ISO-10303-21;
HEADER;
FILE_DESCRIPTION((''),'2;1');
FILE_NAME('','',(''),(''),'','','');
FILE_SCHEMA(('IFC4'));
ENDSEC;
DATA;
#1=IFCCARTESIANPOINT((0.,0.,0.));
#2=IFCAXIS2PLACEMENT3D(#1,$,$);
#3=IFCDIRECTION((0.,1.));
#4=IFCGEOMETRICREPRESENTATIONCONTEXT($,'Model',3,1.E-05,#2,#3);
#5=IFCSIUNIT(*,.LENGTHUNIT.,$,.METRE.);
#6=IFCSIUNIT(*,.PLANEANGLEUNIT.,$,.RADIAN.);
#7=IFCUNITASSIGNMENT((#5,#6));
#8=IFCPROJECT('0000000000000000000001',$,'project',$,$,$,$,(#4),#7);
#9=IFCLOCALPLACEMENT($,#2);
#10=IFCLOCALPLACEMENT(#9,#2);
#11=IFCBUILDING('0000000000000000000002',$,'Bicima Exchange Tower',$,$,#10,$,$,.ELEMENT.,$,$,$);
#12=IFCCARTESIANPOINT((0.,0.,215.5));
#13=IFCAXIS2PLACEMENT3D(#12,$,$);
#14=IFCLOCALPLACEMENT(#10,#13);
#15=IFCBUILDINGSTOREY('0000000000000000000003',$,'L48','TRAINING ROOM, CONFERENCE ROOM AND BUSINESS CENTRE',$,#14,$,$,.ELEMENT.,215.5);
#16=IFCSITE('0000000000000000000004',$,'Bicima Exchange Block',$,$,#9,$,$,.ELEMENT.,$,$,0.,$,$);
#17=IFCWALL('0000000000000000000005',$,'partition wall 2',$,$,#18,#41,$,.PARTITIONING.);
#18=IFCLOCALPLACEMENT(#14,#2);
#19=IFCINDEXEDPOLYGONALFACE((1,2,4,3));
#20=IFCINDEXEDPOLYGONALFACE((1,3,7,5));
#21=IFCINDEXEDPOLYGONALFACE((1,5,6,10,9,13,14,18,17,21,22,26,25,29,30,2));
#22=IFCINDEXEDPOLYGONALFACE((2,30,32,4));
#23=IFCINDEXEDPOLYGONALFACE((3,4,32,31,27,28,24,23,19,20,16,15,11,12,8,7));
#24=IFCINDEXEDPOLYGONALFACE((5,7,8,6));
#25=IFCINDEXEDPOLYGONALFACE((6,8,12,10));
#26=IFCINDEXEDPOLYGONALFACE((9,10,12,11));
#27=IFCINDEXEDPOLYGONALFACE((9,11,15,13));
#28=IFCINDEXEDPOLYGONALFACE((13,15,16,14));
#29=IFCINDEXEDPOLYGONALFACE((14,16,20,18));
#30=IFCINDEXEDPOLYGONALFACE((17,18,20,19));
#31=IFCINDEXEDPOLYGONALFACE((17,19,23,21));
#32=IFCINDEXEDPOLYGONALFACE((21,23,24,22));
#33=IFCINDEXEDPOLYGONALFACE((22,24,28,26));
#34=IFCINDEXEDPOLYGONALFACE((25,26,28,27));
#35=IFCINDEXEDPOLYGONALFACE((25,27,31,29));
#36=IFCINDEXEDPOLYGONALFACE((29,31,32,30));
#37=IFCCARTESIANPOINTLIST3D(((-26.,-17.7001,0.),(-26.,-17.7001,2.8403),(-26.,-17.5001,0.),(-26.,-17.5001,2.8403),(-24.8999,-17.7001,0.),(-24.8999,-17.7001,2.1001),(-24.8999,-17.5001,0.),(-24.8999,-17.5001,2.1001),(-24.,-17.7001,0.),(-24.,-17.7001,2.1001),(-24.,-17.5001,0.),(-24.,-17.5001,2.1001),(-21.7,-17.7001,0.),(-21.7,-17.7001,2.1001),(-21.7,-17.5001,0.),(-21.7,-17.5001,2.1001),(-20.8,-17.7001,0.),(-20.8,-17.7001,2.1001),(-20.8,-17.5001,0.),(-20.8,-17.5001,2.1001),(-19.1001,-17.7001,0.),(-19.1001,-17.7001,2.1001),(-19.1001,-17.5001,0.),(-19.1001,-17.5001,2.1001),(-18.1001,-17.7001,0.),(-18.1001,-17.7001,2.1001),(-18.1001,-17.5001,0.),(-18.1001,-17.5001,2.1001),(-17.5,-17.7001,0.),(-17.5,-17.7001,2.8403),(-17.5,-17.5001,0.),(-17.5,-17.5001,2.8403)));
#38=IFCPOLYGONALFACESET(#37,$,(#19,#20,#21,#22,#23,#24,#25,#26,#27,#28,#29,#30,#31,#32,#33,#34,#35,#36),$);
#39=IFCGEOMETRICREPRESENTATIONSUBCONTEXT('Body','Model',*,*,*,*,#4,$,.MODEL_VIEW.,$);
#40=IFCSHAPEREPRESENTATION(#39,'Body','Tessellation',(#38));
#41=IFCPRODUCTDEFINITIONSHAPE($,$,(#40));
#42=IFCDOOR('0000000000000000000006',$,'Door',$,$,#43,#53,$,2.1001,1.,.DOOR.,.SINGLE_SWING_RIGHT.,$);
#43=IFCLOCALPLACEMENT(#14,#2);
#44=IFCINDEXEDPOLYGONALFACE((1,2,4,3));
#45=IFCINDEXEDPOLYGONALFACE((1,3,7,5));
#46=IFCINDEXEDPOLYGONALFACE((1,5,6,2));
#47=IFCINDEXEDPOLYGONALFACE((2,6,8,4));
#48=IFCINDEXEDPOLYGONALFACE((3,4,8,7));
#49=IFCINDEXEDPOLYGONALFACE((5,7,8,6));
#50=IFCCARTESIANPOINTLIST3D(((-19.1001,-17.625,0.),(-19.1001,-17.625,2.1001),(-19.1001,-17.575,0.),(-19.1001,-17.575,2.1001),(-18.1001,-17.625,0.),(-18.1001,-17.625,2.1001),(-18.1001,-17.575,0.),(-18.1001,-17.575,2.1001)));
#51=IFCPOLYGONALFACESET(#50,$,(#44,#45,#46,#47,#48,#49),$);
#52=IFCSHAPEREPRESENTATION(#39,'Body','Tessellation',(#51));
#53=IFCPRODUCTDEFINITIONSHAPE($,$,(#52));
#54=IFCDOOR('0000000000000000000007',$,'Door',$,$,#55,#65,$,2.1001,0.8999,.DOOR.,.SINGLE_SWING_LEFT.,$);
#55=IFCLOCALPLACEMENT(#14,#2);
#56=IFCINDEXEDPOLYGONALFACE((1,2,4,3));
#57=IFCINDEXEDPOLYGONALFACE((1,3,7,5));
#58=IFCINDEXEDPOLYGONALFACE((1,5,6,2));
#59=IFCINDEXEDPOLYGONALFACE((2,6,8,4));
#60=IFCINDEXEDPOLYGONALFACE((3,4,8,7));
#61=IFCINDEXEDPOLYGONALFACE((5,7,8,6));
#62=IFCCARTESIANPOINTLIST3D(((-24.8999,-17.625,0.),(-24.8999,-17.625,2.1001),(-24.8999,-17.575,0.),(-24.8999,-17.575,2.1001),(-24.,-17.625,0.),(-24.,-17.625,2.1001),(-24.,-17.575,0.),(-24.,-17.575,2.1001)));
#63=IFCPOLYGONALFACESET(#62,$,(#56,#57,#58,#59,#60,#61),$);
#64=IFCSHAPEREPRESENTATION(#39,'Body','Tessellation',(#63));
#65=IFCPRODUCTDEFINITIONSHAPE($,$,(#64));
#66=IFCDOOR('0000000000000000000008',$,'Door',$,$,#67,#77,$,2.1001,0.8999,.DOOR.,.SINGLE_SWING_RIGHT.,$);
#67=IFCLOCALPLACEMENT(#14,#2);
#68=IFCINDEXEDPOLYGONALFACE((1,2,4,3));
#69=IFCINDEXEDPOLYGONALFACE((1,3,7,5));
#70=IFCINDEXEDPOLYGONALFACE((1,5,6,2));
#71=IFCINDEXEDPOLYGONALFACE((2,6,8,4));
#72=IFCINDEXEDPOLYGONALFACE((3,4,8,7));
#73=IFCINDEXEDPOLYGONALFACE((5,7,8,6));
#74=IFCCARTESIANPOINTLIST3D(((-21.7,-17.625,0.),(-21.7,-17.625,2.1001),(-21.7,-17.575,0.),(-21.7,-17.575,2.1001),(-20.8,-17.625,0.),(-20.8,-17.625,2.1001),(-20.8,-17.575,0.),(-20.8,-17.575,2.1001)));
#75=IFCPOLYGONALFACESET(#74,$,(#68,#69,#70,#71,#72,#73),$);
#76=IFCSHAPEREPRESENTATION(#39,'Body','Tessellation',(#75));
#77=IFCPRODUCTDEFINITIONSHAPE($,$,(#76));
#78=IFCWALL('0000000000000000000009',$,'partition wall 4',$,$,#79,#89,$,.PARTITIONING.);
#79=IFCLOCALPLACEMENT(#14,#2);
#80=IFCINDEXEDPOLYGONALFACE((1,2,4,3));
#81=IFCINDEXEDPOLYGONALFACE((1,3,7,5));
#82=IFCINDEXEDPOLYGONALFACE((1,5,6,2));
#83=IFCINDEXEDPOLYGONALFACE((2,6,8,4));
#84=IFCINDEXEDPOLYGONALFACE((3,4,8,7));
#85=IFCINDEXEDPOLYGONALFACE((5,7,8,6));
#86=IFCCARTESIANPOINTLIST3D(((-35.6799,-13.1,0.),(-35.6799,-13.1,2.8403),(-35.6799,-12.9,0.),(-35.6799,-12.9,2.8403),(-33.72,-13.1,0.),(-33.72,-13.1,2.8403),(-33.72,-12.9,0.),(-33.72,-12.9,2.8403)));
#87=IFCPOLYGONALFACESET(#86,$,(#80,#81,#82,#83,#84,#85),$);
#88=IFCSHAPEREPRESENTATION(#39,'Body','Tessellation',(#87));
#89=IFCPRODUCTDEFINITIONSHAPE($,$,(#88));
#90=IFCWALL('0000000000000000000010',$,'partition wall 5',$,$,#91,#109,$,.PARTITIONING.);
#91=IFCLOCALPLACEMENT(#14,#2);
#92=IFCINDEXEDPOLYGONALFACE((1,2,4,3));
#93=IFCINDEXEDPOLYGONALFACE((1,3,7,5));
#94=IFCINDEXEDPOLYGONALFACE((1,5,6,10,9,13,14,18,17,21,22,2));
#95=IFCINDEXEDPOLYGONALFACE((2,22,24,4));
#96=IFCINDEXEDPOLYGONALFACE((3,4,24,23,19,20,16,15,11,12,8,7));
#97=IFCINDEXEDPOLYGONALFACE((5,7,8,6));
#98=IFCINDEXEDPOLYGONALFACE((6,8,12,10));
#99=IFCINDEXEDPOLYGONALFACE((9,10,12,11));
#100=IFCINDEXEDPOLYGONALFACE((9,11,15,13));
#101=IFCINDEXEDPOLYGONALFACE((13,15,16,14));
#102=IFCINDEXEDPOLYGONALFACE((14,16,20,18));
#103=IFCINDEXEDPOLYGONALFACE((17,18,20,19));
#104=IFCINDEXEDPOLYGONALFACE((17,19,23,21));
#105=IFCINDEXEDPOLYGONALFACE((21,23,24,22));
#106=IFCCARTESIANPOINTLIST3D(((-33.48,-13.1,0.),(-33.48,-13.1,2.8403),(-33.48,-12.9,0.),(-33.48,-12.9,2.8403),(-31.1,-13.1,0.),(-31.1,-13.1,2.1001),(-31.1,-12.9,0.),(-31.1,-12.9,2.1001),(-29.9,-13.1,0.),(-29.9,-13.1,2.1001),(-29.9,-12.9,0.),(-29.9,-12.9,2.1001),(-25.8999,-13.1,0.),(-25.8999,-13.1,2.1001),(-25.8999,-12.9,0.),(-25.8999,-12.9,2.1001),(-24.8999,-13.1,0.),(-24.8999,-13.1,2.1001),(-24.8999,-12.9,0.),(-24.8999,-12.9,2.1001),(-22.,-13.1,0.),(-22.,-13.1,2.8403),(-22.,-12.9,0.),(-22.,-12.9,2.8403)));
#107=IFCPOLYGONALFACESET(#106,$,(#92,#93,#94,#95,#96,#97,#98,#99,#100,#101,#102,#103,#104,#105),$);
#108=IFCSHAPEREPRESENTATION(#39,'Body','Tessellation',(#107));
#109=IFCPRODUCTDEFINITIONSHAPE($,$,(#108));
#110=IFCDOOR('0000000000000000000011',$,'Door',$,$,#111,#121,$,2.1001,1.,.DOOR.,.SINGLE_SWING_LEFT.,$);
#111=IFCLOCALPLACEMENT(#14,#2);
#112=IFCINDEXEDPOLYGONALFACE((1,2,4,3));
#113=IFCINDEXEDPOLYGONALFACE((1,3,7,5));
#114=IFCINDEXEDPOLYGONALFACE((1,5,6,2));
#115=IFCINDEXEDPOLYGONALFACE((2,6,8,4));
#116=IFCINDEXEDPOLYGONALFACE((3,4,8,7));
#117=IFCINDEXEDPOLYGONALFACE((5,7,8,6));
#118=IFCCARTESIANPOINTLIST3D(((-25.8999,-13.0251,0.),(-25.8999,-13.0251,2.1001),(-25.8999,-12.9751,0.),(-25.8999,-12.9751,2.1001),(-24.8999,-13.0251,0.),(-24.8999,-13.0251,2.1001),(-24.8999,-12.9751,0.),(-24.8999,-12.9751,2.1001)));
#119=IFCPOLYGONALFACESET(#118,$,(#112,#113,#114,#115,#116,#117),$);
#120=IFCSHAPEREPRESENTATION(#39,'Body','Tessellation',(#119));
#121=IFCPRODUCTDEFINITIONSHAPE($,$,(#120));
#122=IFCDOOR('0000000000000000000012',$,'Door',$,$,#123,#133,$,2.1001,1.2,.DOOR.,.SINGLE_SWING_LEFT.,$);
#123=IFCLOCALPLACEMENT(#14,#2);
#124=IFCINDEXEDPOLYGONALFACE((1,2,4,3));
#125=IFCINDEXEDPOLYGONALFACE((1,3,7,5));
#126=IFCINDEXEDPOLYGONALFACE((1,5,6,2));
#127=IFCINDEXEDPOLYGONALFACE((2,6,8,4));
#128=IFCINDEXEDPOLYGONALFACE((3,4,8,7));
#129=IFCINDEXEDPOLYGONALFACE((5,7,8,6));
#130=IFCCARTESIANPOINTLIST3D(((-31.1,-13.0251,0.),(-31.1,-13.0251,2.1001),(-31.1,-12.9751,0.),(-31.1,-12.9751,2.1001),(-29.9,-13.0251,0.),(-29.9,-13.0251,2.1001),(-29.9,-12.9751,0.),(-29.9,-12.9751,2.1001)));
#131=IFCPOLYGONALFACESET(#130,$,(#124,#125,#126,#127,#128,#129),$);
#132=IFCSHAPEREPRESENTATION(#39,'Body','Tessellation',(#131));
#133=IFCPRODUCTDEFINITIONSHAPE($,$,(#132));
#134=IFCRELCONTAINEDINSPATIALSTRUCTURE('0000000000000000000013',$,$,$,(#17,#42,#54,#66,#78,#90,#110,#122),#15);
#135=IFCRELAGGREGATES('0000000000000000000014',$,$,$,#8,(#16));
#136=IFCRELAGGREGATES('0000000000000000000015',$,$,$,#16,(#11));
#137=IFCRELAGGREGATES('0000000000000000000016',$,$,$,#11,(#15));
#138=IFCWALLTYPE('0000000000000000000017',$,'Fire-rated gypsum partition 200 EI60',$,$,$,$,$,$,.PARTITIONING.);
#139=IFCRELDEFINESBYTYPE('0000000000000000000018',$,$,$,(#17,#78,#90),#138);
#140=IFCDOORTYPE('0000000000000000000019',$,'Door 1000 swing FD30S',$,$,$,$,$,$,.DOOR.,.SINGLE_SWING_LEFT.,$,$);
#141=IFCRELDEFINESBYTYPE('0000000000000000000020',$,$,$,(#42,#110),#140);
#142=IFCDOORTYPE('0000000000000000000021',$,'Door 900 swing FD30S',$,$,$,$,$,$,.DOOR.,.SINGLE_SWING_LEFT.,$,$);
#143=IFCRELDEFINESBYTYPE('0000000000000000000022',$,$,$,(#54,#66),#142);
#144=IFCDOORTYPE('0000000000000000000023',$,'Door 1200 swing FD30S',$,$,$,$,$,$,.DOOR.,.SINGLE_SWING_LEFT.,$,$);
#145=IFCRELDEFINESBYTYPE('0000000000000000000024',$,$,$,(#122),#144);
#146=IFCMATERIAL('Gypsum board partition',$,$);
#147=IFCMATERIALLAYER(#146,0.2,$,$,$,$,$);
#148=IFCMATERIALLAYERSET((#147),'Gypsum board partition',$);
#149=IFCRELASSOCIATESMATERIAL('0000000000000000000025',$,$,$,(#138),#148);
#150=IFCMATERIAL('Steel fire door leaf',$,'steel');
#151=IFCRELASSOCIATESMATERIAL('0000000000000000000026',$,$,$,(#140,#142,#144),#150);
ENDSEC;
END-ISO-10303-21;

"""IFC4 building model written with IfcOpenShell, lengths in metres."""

from ifc_helpers import new_model, si_unit, direction, frame, frame_2d, origin, place, context, subcontext, project, spatial, rectangle, extrude, material, layer, layer_set, type_object, element, fill, save


model = new_model("IFC4")

# Units and contexts
model_context = context("Model", 3, precision=1e-05, world=origin(), true_north=direction((0.0, 1.0)))
body_context = subcontext(model_context, "Body", "Model", "MODEL_VIEW")
ifc_project = project(units=[si_unit("LENGTHUNIT", "METRE"), si_unit("PLANEANGLEUNIT", "RADIAN")], contexts=[model_context])

# Site, building, storey
site_placement = place(None, origin())
site = spatial("IfcSite", under=ifc_project, at=site_placement, Name="Bicima Exchange Block", CompositionType="ELEMENT", RefElevation=0.0)
building_placement = place(site_placement, origin())
building = spatial("IfcBuilding", under=site, at=building_placement, Name="Bicima Exchange Tower", CompositionType="ELEMENT")
storey_placement = place(building_placement, frame((0.0, 0.0, 215.5)))
storey = spatial("IfcBuildingStorey", under=building, at=storey_placement, Name="L48", Description="TRAINING ROOM, CONFERENCE ROOM AND BUSINESS CENTRE", CompositionType="ELEMENT", Elevation=215.5)

# Wall, openings, doors
ifc_material_1 = material(Name="Gypsum board partition")
ifc_layer_1 = layer(ifc_material_1, 0.2)
ifc_layer_set_1 = layer_set([ifc_layer_1], Name="Gypsum board partition")
wall_type = type_object("IfcWallType", Name="Fire-rated gypsum partition 200 EI60", PredefinedType="PARTITIONING", material=ifc_layer_set_1)
wall_1_placement = place(storey_placement, frame((-26.0, -17.6001, 0.0), z_axis=(0.0, 0.0, 1.0), x_axis=(1.0, 0.0, 0.0)))
wall_1 = element("IfcWall", 1, at=wall_1_placement, inside=storey, type_object=wall_type, Name="partition wall 2", PredefinedType="PARTITIONING", context=body_context, shape_type="SweptSolid", body=[
    extrude(rectangle(XDim=8.5, YDim=0.2, at=frame_2d((4.25, 0.0))), origin(), (0.0, 0.0, 1.0), 2.8403),
])
opening_1_placement = place(wall_1_placement, frame((1.1001, 0.0, 0.0)))
opening_1 = element("IfcOpeningElement", 2, at=opening_1_placement, cuts=wall_1, PredefinedType="OPENING", context=body_context, shape_type="SweptSolid", body=[
    extrude(rectangle(XDim=0.8999, YDim=2.1001, at=frame_2d((0.45, 1.05))), frame((0.0, 0.1118, 0.0), z_axis=(0.0, -1.0, 0.0), x_axis=(1.0, 0.0, 0.0)), (0.0, 0.0, 1.0), 0.2239),
])
opening_2_placement = place(wall_1_placement, frame((4.3, 0.0, 0.0)))
opening_2 = element("IfcOpeningElement", 3, at=opening_2_placement, cuts=wall_1, PredefinedType="OPENING", context=body_context, shape_type="SweptSolid", body=[
    extrude(rectangle(XDim=0.8999, YDim=2.1001, at=frame_2d((0.45, 1.05))), frame((0.0, 0.1118, 0.0), z_axis=(0.0, -1.0, 0.0), x_axis=(1.0, 0.0, 0.0)), (0.0, 0.0, 1.0), 0.2239),
])
opening_3_placement = place(wall_1_placement, frame((6.8999, 0.0, 0.0)))
opening_3 = element("IfcOpeningElement", 4, at=opening_3_placement, cuts=wall_1, PredefinedType="OPENING", context=body_context, shape_type="SweptSolid", body=[
    extrude(rectangle(XDim=1.0, YDim=2.1001, at=frame_2d((0.5, 1.05))), frame((0.0, 0.1118, 0.0), z_axis=(0.0, -1.0, 0.0), x_axis=(1.0, 0.0, 0.0)), (0.0, 0.0, 1.0), 0.2239),
])
ifc_material_2 = material(Name="Steel fire door leaf", Category="steel")
door_type_1 = type_object("IfcDoorType", Name="Door 1000 swing FD30S", OperationType="SINGLE_SWING_LEFT", PredefinedType="DOOR", material=ifc_material_2)
door_1_placement = place(opening_3_placement, frame((1.0, 0.0, 0.0), z_axis=(0.0, 0.0, 1.0), x_axis=(-1.0, 0.0, 0.0)))
door_1 = element("IfcDoor", 5, at=door_1_placement, inside=storey, type_object=door_type_1, Name="Door", OperationType="SINGLE_SWING_RIGHT", OverallHeight=2.1001, OverallWidth=1.0, PredefinedType="DOOR", context=body_context, shape_type="SweptSolid", body=[
    extrude(rectangle(XDim=1.0, YDim=2.1001, at=frame_2d((0.5, 1.05))), frame((0.0, 0.0249, 0.0), z_axis=(0.0, -1.0, 0.0), x_axis=(1.0, 0.0, 0.0)), (0.0, 0.0, 1.0), 0.05),
])
fill(opening_3, door_1)
door_type_2 = type_object("IfcDoorType", Name="Door 900 swing FD30S", OperationType="SINGLE_SWING_LEFT", PredefinedType="DOOR", material=ifc_material_2)
door_2_placement = place(opening_1_placement, frame((0.8999, 0.0, 0.0), z_axis=(0.0, 0.0, 1.0), x_axis=(-1.0, 0.0, 0.0)))
door_2 = element("IfcDoor", 6, at=door_2_placement, inside=storey, type_object=door_type_2, Name="Door", OperationType="SINGLE_SWING_LEFT", OverallHeight=2.1001, OverallWidth=0.8999, PredefinedType="DOOR", context=body_context, shape_type="SweptSolid", body=[
    extrude(rectangle(XDim=0.8999, YDim=2.1001, at=frame_2d((0.45, 1.05))), frame((0.0, 0.0249, 0.0), z_axis=(0.0, -1.0, 0.0), x_axis=(1.0, 0.0, 0.0)), (0.0, 0.0, 1.0), 0.05),
])
fill(opening_1, door_2)
door_3_placement = place(opening_2_placement, frame((0.8999, 0.0, 0.0), z_axis=(0.0, 0.0, 1.0), x_axis=(-1.0, 0.0, 0.0)))
door_3 = element("IfcDoor", 7, at=door_3_placement, inside=storey, type_object=door_type_2, Name="Door", OperationType="SINGLE_SWING_RIGHT", OverallHeight=2.1001, OverallWidth=0.8999, PredefinedType="DOOR", context=body_context, shape_type="SweptSolid", body=[
    extrude(rectangle(XDim=0.8999, YDim=2.1001, at=frame_2d((0.45, 1.05))), frame((0.0, 0.0249, 0.0), z_axis=(0.0, -1.0, 0.0), x_axis=(1.0, 0.0, 0.0)), (0.0, 0.0, 1.0), 0.05),
])
fill(opening_2, door_3)

# Wall
wall_2_placement = place(storey_placement, frame((-35.6799, -13.0, 0.0), z_axis=(0.0, 0.0, 1.0), x_axis=(1.0, 0.0, 0.0)))
element("IfcWall", 8, at=wall_2_placement, inside=storey, type_object=wall_type, Name="partition wall 4", PredefinedType="PARTITIONING", context=body_context, shape_type="SweptSolid", body=[
    extrude(rectangle(XDim=1.96, YDim=0.2, at=frame_2d((0.98, 0.0))), origin(), (0.0, 0.0, 1.0), 2.8403),
])

# Wall, openings, doors
wall_3_placement = place(storey_placement, frame((-33.48, -13.0, 0.0), z_axis=(0.0, 0.0, 1.0), x_axis=(1.0, 0.0, 0.0)))
wall_3 = element("IfcWall", 9, at=wall_3_placement, inside=storey, type_object=wall_type, Name="partition wall 5", PredefinedType="PARTITIONING", context=body_context, shape_type="SweptSolid", body=[
    extrude(rectangle(XDim=11.48, YDim=0.2, at=frame_2d((5.74, 0.0))), origin(), (0.0, 0.0, 1.0), 2.8403),
])
opening_4_placement = place(wall_3_placement, frame((2.3799, 0.0, 0.0)))
opening_4 = element("IfcOpeningElement", 10, at=opening_4_placement, cuts=wall_3, PredefinedType="OPENING", context=body_context, shape_type="SweptSolid", body=[
    extrude(rectangle(XDim=1.2, YDim=2.1001, at=frame_2d((0.6001, 1.05))), frame((0.0, 0.1118, 0.0), z_axis=(0.0, -1.0, 0.0), x_axis=(1.0, 0.0, 0.0)), (0.0, 0.0, 1.0), 0.2239),
])
opening_5_placement = place(wall_3_placement, frame((7.5801, 0.0, 0.0)))
opening_5 = element("IfcOpeningElement", 11, at=opening_5_placement, cuts=wall_3, PredefinedType="OPENING", context=body_context, shape_type="SweptSolid", body=[
    extrude(rectangle(XDim=1.0, YDim=2.1001, at=frame_2d((0.5, 1.05))), frame((0.0, 0.1118, 0.0), z_axis=(0.0, -1.0, 0.0), x_axis=(1.0, 0.0, 0.0)), (0.0, 0.0, 1.0), 0.2239),
])
door_4_placement = place(opening_5_placement, origin())
door_4 = element("IfcDoor", 12, at=door_4_placement, inside=storey, type_object=door_type_1, Name="Door", OperationType="SINGLE_SWING_LEFT", OverallHeight=2.1001, OverallWidth=1.0, PredefinedType="DOOR", context=body_context, shape_type="SweptSolid", body=[
    extrude(rectangle(XDim=1.0, YDim=2.1001, at=frame_2d((0.5, 1.05))), frame((0.0, 0.0249, 0.0), z_axis=(0.0, -1.0, 0.0), x_axis=(1.0, 0.0, 0.0)), (0.0, 0.0, 1.0), 0.05),
])
fill(opening_5, door_4)
door_type_3 = type_object("IfcDoorType", Name="Door 1200 swing FD30S", OperationType="SINGLE_SWING_LEFT", PredefinedType="DOOR", material=ifc_material_2)
door_5_placement = place(opening_4_placement, origin())
door_5 = element("IfcDoor", 13, at=door_5_placement, inside=storey, type_object=door_type_3, Name="Door", OperationType="SINGLE_SWING_LEFT", OverallHeight=2.1001, OverallWidth=1.2, PredefinedType="DOOR", context=body_context, shape_type="SweptSolid", body=[
    extrude(rectangle(XDim=1.2, YDim=2.1001, at=frame_2d((0.6001, 1.05))), frame((0.0, 0.0249, 0.0), z_axis=(0.0, -1.0, 0.0), x_axis=(1.0, 0.0, 0.0)), (0.0, 0.0, 1.0), 0.05),
])
fill(opening_4, door_5)

save(model, "model.ifc")
